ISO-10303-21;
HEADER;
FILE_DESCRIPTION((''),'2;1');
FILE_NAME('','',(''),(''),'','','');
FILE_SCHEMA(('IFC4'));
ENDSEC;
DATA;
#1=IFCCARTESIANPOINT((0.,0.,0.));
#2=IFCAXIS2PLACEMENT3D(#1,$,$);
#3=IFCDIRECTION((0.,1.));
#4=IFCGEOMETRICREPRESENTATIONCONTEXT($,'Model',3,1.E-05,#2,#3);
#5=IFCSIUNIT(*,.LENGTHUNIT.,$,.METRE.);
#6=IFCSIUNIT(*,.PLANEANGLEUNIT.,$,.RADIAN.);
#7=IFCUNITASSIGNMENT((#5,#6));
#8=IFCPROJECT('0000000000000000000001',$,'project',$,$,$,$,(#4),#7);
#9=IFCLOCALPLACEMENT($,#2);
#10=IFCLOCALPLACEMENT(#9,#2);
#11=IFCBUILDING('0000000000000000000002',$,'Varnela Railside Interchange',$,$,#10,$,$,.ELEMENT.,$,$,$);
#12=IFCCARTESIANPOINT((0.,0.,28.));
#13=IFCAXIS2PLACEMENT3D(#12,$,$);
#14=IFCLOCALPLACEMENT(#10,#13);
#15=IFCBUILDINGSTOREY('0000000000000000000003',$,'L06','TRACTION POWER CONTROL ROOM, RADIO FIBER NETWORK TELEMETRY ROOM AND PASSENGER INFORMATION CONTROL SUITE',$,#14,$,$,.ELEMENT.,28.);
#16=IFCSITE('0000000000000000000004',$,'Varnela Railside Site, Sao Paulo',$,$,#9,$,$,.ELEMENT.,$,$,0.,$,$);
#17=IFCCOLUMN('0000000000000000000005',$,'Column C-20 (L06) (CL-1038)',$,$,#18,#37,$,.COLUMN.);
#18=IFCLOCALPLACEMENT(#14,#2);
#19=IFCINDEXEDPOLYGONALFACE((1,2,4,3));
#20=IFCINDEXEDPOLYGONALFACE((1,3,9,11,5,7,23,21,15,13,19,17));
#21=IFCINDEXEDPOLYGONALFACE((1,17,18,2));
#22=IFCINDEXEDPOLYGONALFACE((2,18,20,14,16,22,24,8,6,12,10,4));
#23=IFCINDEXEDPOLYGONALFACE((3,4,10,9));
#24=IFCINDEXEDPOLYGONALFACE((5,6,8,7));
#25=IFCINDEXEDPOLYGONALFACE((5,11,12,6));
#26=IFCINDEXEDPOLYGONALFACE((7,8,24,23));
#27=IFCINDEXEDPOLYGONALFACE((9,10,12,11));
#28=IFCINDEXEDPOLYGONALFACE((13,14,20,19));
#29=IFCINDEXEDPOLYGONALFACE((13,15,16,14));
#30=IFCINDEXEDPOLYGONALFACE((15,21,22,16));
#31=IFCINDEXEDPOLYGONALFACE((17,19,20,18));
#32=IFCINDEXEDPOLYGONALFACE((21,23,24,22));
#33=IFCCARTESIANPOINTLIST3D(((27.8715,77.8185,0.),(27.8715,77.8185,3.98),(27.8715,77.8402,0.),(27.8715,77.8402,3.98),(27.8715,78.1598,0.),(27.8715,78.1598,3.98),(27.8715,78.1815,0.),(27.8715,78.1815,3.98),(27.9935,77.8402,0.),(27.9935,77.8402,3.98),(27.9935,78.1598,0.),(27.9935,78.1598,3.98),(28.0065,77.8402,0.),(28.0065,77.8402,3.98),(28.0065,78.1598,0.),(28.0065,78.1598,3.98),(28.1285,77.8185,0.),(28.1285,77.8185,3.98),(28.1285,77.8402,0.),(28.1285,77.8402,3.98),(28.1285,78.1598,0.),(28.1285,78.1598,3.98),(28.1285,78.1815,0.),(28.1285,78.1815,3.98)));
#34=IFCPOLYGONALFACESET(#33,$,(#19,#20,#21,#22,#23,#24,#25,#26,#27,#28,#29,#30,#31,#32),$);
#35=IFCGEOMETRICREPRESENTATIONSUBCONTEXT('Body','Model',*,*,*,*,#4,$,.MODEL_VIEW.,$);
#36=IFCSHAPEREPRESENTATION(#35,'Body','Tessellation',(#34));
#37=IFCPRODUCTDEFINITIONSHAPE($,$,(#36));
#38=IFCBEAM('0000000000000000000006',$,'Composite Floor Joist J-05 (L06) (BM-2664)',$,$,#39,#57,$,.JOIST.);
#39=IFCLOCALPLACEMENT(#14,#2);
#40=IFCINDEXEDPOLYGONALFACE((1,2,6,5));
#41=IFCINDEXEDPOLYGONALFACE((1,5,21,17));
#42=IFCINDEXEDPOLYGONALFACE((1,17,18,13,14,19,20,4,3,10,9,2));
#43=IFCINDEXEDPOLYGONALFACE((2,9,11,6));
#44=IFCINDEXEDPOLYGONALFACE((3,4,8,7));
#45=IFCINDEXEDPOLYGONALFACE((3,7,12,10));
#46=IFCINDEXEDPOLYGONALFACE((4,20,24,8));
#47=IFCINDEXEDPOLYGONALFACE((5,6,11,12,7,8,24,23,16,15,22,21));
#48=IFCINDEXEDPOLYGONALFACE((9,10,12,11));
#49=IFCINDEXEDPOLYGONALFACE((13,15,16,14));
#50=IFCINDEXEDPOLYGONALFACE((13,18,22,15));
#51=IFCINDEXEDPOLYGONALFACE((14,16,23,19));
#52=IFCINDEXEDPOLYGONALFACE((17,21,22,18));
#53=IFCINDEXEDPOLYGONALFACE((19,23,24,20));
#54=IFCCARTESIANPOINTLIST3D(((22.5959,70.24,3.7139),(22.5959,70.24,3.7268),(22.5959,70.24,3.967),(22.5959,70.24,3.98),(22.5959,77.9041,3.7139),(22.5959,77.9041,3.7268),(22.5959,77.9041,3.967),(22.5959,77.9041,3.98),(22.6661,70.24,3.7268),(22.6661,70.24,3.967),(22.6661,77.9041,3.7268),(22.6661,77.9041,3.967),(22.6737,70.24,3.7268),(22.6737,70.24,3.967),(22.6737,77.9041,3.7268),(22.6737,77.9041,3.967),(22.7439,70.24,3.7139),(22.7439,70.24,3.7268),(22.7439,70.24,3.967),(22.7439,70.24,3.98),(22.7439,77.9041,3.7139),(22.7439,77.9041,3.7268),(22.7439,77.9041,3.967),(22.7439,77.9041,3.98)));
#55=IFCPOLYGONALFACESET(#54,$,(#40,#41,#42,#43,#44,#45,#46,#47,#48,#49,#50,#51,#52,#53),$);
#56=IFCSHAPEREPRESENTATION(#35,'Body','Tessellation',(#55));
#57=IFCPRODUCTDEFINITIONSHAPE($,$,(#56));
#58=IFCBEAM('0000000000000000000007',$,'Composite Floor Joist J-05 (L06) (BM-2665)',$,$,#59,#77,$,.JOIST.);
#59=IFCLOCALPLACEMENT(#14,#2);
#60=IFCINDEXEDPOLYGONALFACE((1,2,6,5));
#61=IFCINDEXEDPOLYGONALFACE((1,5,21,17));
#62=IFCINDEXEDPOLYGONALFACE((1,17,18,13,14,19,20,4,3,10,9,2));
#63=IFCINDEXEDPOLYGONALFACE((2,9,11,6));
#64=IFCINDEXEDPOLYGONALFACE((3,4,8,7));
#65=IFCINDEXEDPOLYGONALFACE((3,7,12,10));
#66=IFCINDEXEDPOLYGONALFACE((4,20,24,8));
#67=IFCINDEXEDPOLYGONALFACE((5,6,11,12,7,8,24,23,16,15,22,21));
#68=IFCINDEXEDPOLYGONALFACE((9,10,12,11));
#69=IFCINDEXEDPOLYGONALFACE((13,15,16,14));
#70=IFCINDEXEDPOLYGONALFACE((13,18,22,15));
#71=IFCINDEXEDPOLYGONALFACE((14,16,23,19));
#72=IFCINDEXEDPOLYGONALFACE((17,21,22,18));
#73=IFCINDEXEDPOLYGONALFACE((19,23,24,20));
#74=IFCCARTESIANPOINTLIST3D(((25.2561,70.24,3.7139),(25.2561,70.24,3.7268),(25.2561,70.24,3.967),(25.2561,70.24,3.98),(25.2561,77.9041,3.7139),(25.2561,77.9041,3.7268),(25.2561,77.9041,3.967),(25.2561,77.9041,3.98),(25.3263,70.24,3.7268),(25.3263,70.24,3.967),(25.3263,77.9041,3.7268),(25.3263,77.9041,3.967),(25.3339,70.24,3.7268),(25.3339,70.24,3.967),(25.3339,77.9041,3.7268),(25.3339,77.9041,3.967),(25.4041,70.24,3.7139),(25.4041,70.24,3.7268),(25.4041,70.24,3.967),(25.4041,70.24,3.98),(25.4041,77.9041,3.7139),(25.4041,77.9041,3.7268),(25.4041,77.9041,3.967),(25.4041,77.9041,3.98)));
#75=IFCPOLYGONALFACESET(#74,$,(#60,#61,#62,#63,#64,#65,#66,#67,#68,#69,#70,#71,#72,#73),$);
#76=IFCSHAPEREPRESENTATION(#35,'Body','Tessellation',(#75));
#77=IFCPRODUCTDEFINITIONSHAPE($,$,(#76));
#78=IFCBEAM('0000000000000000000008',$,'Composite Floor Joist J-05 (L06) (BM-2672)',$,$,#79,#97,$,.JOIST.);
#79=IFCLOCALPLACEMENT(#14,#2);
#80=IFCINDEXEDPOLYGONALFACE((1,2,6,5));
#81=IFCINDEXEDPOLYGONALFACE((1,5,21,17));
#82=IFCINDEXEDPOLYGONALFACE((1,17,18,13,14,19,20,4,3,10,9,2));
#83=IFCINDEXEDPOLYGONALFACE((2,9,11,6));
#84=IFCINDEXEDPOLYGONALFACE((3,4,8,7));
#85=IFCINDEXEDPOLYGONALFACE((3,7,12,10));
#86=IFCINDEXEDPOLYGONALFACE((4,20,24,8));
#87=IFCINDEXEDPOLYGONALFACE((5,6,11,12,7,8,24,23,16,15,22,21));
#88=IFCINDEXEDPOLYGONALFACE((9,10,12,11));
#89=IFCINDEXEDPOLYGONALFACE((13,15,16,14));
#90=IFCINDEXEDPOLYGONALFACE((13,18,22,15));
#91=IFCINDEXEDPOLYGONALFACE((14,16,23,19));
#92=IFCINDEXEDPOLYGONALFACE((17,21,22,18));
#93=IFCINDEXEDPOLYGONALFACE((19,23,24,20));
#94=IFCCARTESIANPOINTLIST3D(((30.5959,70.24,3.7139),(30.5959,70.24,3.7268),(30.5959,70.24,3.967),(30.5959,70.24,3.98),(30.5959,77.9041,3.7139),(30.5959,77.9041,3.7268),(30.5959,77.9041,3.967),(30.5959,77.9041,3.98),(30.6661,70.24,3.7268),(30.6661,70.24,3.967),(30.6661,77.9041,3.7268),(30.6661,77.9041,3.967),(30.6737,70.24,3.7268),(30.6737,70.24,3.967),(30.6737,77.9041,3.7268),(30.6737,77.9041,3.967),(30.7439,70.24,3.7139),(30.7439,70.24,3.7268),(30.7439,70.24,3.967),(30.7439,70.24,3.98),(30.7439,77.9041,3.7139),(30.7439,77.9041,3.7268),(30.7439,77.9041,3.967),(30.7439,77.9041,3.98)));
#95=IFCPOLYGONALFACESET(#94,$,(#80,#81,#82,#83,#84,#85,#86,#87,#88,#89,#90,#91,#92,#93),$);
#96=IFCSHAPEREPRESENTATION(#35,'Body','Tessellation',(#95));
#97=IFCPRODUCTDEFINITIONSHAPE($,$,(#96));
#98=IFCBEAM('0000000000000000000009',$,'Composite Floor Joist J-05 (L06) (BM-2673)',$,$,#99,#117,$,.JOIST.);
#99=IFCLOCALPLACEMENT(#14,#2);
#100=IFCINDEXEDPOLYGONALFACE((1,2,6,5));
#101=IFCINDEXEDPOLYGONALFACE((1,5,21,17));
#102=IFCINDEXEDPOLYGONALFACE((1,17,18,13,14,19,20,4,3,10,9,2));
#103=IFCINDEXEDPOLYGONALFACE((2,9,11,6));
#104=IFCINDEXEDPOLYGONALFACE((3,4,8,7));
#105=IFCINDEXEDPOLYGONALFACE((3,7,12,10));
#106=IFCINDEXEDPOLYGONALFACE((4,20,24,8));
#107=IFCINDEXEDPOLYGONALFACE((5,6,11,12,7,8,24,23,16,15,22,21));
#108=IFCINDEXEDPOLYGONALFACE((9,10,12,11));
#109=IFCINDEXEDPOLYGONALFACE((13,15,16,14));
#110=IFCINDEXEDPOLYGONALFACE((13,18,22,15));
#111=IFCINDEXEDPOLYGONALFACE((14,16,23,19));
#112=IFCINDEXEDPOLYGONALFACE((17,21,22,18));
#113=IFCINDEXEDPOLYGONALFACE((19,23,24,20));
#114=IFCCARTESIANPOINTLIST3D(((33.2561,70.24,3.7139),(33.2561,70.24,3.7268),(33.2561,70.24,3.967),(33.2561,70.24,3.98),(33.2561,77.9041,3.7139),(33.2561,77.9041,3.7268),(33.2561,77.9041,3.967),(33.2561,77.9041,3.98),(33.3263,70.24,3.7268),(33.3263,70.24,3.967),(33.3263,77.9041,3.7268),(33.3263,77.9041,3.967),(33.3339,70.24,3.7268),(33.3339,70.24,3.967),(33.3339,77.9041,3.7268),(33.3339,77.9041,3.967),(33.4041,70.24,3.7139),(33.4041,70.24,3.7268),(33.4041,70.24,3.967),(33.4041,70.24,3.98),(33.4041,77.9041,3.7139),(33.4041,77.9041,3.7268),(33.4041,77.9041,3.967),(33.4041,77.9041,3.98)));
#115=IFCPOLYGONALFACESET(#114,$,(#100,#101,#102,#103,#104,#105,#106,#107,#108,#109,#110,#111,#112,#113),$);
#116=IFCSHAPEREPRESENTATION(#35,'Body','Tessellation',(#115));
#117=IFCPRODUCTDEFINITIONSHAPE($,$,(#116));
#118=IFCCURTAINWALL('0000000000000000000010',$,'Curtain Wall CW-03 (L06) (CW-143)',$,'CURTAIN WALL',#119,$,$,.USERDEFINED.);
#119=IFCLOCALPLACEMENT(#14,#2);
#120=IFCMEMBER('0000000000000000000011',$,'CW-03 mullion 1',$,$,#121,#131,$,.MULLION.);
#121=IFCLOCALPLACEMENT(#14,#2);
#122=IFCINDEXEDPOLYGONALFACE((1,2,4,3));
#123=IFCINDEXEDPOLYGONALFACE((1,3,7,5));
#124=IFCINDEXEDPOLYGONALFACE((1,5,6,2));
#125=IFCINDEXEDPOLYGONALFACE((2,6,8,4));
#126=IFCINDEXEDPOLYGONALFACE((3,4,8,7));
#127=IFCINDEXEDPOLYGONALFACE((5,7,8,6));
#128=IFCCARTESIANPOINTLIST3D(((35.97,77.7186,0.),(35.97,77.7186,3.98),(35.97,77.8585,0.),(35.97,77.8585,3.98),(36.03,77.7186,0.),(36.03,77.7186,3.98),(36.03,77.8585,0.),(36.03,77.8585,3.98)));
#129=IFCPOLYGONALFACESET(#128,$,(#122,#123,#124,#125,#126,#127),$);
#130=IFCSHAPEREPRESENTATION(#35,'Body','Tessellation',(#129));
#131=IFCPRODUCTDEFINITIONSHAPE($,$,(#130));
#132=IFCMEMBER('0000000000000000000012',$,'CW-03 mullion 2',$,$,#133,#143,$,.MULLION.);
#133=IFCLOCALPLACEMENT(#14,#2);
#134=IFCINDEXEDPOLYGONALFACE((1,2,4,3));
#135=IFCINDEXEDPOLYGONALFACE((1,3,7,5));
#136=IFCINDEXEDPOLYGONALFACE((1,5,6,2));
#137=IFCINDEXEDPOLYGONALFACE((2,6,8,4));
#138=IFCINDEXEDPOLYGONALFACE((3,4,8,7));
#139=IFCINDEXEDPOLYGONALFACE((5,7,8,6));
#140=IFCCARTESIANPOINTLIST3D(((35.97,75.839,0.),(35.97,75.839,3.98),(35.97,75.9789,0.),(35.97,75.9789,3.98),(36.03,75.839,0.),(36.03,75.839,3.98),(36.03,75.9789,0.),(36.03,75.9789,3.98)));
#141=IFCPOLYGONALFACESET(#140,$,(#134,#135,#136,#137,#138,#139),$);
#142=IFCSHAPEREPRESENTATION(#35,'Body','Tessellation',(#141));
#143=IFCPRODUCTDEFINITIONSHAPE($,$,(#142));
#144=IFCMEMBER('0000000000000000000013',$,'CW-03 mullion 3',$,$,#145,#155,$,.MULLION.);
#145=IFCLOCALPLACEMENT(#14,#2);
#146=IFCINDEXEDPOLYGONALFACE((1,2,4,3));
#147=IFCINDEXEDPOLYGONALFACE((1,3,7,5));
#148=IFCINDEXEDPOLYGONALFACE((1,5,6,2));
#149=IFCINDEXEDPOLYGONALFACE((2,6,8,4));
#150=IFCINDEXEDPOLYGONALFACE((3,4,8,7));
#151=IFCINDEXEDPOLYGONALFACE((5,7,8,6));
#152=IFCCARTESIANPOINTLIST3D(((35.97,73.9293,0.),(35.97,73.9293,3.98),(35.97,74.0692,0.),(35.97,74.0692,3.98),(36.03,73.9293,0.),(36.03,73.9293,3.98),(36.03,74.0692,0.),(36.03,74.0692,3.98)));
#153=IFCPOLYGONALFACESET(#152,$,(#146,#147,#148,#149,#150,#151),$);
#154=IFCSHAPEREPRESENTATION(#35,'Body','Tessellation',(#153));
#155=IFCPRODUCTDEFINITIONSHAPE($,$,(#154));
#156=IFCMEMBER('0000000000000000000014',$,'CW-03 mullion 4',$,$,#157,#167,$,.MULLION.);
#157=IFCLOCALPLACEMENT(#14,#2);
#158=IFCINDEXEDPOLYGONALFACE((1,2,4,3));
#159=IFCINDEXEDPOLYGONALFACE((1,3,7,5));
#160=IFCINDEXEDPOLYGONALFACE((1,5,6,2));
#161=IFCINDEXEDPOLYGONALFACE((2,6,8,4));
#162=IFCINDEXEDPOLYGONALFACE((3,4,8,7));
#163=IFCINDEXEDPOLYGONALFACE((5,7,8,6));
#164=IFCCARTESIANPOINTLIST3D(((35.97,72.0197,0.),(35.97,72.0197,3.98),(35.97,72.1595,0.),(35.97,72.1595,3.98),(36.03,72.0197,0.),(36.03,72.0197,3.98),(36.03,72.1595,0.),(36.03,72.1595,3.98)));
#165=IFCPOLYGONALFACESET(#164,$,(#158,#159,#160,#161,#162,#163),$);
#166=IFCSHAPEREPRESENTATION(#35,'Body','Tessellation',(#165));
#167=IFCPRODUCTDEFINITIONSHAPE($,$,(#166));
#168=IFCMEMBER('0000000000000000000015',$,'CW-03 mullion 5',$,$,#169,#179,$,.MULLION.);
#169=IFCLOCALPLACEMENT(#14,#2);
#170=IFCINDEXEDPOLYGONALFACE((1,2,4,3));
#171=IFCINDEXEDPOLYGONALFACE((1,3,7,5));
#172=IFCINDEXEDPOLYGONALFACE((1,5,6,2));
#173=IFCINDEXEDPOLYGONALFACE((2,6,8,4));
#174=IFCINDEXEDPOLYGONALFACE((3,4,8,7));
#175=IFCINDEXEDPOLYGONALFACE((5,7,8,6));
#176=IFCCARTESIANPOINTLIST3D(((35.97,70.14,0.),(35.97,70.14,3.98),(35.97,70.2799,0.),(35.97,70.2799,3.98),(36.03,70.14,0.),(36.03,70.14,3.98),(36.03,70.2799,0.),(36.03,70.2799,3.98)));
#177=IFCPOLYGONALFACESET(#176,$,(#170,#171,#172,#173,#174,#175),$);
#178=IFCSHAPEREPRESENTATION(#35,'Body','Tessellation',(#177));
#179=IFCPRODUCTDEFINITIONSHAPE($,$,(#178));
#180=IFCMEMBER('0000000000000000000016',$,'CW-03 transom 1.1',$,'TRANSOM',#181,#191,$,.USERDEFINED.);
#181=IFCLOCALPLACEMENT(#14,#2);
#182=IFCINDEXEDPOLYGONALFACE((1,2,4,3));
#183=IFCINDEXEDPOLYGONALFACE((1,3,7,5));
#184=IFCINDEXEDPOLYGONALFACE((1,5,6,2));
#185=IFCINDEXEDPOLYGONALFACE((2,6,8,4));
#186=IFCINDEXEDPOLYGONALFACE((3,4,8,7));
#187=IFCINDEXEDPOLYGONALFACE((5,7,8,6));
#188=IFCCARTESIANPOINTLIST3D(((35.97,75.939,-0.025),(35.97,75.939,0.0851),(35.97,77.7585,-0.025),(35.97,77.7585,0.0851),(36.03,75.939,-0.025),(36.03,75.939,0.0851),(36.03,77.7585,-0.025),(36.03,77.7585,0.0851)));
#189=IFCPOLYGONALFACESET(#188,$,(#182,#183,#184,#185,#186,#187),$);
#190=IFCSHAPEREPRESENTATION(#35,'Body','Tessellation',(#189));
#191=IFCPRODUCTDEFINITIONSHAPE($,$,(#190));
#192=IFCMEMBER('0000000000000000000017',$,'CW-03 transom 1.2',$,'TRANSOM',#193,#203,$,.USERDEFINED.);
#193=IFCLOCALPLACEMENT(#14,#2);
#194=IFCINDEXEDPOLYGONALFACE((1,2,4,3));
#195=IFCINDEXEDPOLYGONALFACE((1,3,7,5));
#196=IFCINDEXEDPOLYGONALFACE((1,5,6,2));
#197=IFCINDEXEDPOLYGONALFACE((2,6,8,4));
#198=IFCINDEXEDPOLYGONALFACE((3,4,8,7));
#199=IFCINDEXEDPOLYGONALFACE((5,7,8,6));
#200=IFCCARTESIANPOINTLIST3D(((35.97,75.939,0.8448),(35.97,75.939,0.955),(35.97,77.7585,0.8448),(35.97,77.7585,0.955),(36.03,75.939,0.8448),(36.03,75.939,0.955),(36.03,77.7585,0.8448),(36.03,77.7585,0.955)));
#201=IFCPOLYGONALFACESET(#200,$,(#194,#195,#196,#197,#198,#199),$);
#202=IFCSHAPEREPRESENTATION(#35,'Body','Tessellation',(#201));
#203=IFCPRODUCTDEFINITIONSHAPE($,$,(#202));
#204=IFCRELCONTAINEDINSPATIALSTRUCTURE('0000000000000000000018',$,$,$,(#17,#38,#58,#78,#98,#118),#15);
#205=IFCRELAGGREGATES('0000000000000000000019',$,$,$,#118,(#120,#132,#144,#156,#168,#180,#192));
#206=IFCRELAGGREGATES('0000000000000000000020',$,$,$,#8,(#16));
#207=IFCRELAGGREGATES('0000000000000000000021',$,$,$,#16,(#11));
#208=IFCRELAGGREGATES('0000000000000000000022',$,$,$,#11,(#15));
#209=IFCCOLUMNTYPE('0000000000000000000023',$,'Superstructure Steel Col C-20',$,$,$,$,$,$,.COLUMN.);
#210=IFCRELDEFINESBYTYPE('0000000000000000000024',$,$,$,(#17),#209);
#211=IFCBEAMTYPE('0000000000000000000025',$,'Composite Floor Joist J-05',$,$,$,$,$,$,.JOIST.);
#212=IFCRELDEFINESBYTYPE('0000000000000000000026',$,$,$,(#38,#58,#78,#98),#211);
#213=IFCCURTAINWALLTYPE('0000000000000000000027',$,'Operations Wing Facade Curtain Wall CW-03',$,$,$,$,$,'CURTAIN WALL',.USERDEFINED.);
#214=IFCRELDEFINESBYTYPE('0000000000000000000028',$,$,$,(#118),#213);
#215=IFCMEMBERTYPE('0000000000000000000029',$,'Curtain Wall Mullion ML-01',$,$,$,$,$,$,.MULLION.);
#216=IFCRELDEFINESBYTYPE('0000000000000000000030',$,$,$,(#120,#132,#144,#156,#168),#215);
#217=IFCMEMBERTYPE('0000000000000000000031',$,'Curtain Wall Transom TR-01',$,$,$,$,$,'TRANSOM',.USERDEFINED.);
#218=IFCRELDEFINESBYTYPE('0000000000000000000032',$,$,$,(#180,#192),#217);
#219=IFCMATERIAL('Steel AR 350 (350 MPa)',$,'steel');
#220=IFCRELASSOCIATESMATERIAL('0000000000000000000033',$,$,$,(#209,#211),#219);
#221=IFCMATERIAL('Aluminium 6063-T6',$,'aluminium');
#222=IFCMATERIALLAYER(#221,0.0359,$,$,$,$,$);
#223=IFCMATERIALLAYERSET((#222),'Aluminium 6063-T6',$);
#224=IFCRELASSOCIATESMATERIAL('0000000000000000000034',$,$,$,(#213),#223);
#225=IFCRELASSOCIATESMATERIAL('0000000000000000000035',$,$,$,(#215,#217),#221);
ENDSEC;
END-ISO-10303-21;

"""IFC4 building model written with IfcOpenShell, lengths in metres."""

from ifc_helpers import new_model, si_unit, direction, frame, origin, origin_2d, place, context, subcontext, project, spatial, rectangle, i_section, extrude, material, layer, layer_set, material_profile, profile_set, type_object, element, aggregate, save


model = new_model("IFC4")

# Units and contexts
model_context = context("Model", 3, precision=1e-05, world=origin(), true_north=direction((0.0, 1.0)))
body_context = subcontext(model_context, "Body", "Model", "MODEL_VIEW")
ifc_project = project(units=[si_unit("LENGTHUNIT", "METRE"), si_unit("PLANEANGLEUNIT", "RADIAN")], contexts=[model_context])

# Site, building, storey
site_placement = place(None, origin())
site = spatial("IfcSite", under=ifc_project, at=site_placement, Name="Varnela Railside Site, Sao Paulo", CompositionType="ELEMENT", RefElevation=0.0)
building_placement = place(site_placement, origin())
building = spatial("IfcBuilding", under=site, at=building_placement, Name="Varnela Railside Interchange", CompositionType="ELEMENT")
storey_placement = place(building_placement, frame((0.0, 0.0, 28.0)))
storey = spatial("IfcBuildingStorey", under=building, at=storey_placement, Name="L06", Description="TRACTION POWER CONTROL ROOM, RADIO FIBER NETWORK TELEMETRY ROOM AND PASSENGER INFORMATION CONTROL SUITE", CompositionType="ELEMENT", Elevation=28.0)

# Column
ifc_material_1 = material(Name="Steel AR 350 (350 MPa)", Category="steel")
ifc_material_profile_1 = material_profile(ifc_material_1, i_section(OverallWidth=0.2571, OverallDepth=0.363, WebThickness=0.0129, FlangeThickness=0.0217, at=origin_2d()), Name="W360x122")
ifc_profile_set_1 = profile_set([ifc_material_profile_1], Name="Steel AR 350 (350 MPa)")
column_type = type_object("IfcColumnType", Name="Superstructure Steel Col C-20", PredefinedType="COLUMN", material=ifc_profile_set_1)
column_placement = place(storey_placement, frame((28.0, 78.0, 0.0), z_axis=(0.0, 0.0, 1.0), x_axis=(1.0, 0.0, 0.0)))
element("IfcColumn", 1, at=column_placement, inside=storey, type_object=column_type, Name="Column C-20 (L06) (CL-1038)", PredefinedType="COLUMN", context=body_context, shape_type="SweptSolid", body=[
    extrude(i_section(OverallWidth=0.2571, OverallDepth=0.363, WebThickness=0.0129, FlangeThickness=0.0217, at=origin_2d()), origin(), (0.0, 0.0, 1.0), 3.98),
])

# Beams
ifc_material_profile_2 = material_profile(ifc_material_1, i_section(OverallWidth=0.1479, OverallDepth=0.2661, WebThickness=0.0076, FlangeThickness=0.0129, at=origin_2d()), Name="W250x44.8")
ifc_profile_set_2 = profile_set([ifc_material_profile_2], Name="Steel AR 350 (350 MPa)")
beam_type = type_object("IfcBeamType", Name="Composite Floor Joist J-05", PredefinedType="JOIST", material=ifc_profile_set_2)
for number, where, z_axis, x_axis, name in (
    (2, (22.6699, 70.24, 3.8469), (0.0, 1.0, 0.0), (-1.0, 0.0, 0.0), "Composite Floor Joist J-05 (L06) (BM-2664)"),
    (3, (25.3301, 70.24, 3.8469), (0.0, 1.0, 0.0), (-1.0, 0.0, 0.0), "Composite Floor Joist J-05 (L06) (BM-2665)"),
    (4, (30.6699, 70.24, 3.8469), (0.0, 1.0, 0.0), (-1.0, 0.0, 0.0), "Composite Floor Joist J-05 (L06) (BM-2672)"),
    (5, (33.3301, 70.24, 3.8469), (0.0, 1.0, 0.0), (-1.0, 0.0, 0.0), "Composite Floor Joist J-05 (L06) (BM-2673)"),
):
    element("IfcBeam", number, at=place(storey_placement, frame(where, z_axis=z_axis, x_axis=x_axis)), inside=storey, type_object=beam_type, Name=name, PredefinedType="JOIST", context=body_context, shape_type="SweptSolid", body=[
        extrude(i_section(OverallWidth=0.1479, OverallDepth=0.2661, WebThickness=0.0076, FlangeThickness=0.0129, at=origin_2d()), origin(), (0.0, 0.0, 1.0), 7.6641),
    ])

# Curtain wall, members
ifc_material_2 = material(Name="Aluminium 6063-T6", Category="aluminium")
ifc_layer_1 = layer(ifc_material_2, 0.0359)
ifc_layer_set_1 = layer_set([ifc_layer_1], Name="Aluminium 6063-T6")
curtain_wall_type = type_object("IfcCurtainWallType", Name="Operations Wing Facade Curtain Wall CW-03", ElementType="CURTAIN WALL", PredefinedType="USERDEFINED", material=ifc_layer_set_1)
curtain_wall_placement = place(storey_placement, origin())
curtain_wall = element("IfcCurtainWall", 6, at=curtain_wall_placement, inside=storey, type_object=curtain_wall_type, Name="Curtain Wall CW-03 (L06) (CW-143)", ObjectType="CURTAIN WALL", PredefinedType="USERDEFINED")
ifc_material_profile_3 = material_profile(ifc_material_2, rectangle(XDim=0.0601, YDim=0.1399, at=origin_2d()), Name="ALU 60x140")
ifc_profile_set_3 = profile_set([ifc_material_profile_3], Name="Aluminium 6063-T6")
member_type_1 = type_object("IfcMemberType", Name="Curtain Wall Mullion ML-01", PredefinedType="MULLION", material=ifc_profile_set_3)
member_1_placement = place(storey_placement, frame((36.0, 77.7886, 0.0), z_axis=(0.0, 0.0, 1.0), x_axis=(1.0, 0.0, 0.0)))
member_1 = element("IfcMember", 7, at=member_1_placement, type_object=member_type_1, Name="CW-03 mullion 1", PredefinedType="MULLION", context=body_context, shape_type="SweptSolid", body=[
    extrude(rectangle(XDim=0.0601, YDim=0.1399, at=origin_2d()), origin(), (0.0, 0.0, 1.0), 3.98),
])
member_2_placement = place(storey_placement, frame((36.0, 75.9089, 0.0), z_axis=(0.0, 0.0, 1.0), x_axis=(1.0, 0.0, 0.0)))
member_2 = element("IfcMember", 8, at=member_2_placement, type_object=member_type_1, Name="CW-03 mullion 2", PredefinedType="MULLION", context=body_context, shape_type="SweptSolid", body=[
    extrude(rectangle(XDim=0.0601, YDim=0.1399, at=origin_2d()), origin(), (0.0, 0.0, 1.0), 3.98),
])
member_3_placement = place(storey_placement, frame((36.0, 73.9993, 0.0), z_axis=(0.0, 0.0, 1.0), x_axis=(1.0, 0.0, 0.0)))
member_3 = element("IfcMember", 9, at=member_3_placement, type_object=member_type_1, Name="CW-03 mullion 3", PredefinedType="MULLION", context=body_context, shape_type="SweptSolid", body=[
    extrude(rectangle(XDim=0.0601, YDim=0.1399, at=origin_2d()), origin(), (0.0, 0.0, 1.0), 3.98),
])
member_4_placement = place(storey_placement, frame((36.0, 72.0896, 0.0), z_axis=(0.0, 0.0, 1.0), x_axis=(1.0, 0.0, 0.0)))
member_4 = element("IfcMember", 10, at=member_4_placement, type_object=member_type_1, Name="CW-03 mullion 4", PredefinedType="MULLION", context=body_context, shape_type="SweptSolid", body=[
    extrude(rectangle(XDim=0.0601, YDim=0.1399, at=origin_2d()), origin(), (0.0, 0.0, 1.0), 3.98),
])
member_5_placement = place(storey_placement, frame((36.0, 70.21, 0.0), z_axis=(0.0, 0.0, 1.0), x_axis=(1.0, 0.0, 0.0)))
member_5 = element("IfcMember", 11, at=member_5_placement, type_object=member_type_1, Name="CW-03 mullion 5", PredefinedType="MULLION", context=body_context, shape_type="SweptSolid", body=[
    extrude(rectangle(XDim=0.0601, YDim=0.1399, at=origin_2d()), origin(), (0.0, 0.0, 1.0), 3.98),
])
ifc_material_profile_4 = material_profile(ifc_material_2, rectangle(XDim=0.0601, YDim=0.1101, at=origin_2d()), Name="ALU 60x110")
ifc_profile_set_4 = profile_set([ifc_material_profile_4], Name="Aluminium 6063-T6")
member_type_2 = type_object("IfcMemberType", Name="Curtain Wall Transom TR-01", ElementType="TRANSOM", PredefinedType="USERDEFINED", material=ifc_profile_set_4)
member_6_placement = place(storey_placement, frame((36.0, 77.7585, 0.03), z_axis=(0.0, -1.0, 0.0), x_axis=(1.0, 0.0, 0.0)))
member_6 = element("IfcMember", 12, at=member_6_placement, type_object=member_type_2, Name="CW-03 transom 1.1", ObjectType="TRANSOM", PredefinedType="USERDEFINED", context=body_context, shape_type="SweptSolid", body=[
    extrude(rectangle(XDim=0.0601, YDim=0.1101, at=origin_2d()), origin(), (0.0, 0.0, 1.0), 1.8196),
])
member_7_placement = place(storey_placement, frame((36.0, 77.7585, 0.8999), z_axis=(0.0, -1.0, 0.0), x_axis=(1.0, 0.0, 0.0)))
member_7 = element("IfcMember", 13, at=member_7_placement, type_object=member_type_2, Name="CW-03 transom 1.2", ObjectType="TRANSOM", PredefinedType="USERDEFINED", context=body_context, shape_type="SweptSolid", body=[
    extrude(rectangle(XDim=0.0601, YDim=0.1101, at=origin_2d()), origin(), (0.0, 0.0, 1.0), 1.8196),
])
aggregate(curtain_wall, [member_1, member_2, member_3, member_4, member_5, member_6, member_7])

save(model, "model.ifc")
